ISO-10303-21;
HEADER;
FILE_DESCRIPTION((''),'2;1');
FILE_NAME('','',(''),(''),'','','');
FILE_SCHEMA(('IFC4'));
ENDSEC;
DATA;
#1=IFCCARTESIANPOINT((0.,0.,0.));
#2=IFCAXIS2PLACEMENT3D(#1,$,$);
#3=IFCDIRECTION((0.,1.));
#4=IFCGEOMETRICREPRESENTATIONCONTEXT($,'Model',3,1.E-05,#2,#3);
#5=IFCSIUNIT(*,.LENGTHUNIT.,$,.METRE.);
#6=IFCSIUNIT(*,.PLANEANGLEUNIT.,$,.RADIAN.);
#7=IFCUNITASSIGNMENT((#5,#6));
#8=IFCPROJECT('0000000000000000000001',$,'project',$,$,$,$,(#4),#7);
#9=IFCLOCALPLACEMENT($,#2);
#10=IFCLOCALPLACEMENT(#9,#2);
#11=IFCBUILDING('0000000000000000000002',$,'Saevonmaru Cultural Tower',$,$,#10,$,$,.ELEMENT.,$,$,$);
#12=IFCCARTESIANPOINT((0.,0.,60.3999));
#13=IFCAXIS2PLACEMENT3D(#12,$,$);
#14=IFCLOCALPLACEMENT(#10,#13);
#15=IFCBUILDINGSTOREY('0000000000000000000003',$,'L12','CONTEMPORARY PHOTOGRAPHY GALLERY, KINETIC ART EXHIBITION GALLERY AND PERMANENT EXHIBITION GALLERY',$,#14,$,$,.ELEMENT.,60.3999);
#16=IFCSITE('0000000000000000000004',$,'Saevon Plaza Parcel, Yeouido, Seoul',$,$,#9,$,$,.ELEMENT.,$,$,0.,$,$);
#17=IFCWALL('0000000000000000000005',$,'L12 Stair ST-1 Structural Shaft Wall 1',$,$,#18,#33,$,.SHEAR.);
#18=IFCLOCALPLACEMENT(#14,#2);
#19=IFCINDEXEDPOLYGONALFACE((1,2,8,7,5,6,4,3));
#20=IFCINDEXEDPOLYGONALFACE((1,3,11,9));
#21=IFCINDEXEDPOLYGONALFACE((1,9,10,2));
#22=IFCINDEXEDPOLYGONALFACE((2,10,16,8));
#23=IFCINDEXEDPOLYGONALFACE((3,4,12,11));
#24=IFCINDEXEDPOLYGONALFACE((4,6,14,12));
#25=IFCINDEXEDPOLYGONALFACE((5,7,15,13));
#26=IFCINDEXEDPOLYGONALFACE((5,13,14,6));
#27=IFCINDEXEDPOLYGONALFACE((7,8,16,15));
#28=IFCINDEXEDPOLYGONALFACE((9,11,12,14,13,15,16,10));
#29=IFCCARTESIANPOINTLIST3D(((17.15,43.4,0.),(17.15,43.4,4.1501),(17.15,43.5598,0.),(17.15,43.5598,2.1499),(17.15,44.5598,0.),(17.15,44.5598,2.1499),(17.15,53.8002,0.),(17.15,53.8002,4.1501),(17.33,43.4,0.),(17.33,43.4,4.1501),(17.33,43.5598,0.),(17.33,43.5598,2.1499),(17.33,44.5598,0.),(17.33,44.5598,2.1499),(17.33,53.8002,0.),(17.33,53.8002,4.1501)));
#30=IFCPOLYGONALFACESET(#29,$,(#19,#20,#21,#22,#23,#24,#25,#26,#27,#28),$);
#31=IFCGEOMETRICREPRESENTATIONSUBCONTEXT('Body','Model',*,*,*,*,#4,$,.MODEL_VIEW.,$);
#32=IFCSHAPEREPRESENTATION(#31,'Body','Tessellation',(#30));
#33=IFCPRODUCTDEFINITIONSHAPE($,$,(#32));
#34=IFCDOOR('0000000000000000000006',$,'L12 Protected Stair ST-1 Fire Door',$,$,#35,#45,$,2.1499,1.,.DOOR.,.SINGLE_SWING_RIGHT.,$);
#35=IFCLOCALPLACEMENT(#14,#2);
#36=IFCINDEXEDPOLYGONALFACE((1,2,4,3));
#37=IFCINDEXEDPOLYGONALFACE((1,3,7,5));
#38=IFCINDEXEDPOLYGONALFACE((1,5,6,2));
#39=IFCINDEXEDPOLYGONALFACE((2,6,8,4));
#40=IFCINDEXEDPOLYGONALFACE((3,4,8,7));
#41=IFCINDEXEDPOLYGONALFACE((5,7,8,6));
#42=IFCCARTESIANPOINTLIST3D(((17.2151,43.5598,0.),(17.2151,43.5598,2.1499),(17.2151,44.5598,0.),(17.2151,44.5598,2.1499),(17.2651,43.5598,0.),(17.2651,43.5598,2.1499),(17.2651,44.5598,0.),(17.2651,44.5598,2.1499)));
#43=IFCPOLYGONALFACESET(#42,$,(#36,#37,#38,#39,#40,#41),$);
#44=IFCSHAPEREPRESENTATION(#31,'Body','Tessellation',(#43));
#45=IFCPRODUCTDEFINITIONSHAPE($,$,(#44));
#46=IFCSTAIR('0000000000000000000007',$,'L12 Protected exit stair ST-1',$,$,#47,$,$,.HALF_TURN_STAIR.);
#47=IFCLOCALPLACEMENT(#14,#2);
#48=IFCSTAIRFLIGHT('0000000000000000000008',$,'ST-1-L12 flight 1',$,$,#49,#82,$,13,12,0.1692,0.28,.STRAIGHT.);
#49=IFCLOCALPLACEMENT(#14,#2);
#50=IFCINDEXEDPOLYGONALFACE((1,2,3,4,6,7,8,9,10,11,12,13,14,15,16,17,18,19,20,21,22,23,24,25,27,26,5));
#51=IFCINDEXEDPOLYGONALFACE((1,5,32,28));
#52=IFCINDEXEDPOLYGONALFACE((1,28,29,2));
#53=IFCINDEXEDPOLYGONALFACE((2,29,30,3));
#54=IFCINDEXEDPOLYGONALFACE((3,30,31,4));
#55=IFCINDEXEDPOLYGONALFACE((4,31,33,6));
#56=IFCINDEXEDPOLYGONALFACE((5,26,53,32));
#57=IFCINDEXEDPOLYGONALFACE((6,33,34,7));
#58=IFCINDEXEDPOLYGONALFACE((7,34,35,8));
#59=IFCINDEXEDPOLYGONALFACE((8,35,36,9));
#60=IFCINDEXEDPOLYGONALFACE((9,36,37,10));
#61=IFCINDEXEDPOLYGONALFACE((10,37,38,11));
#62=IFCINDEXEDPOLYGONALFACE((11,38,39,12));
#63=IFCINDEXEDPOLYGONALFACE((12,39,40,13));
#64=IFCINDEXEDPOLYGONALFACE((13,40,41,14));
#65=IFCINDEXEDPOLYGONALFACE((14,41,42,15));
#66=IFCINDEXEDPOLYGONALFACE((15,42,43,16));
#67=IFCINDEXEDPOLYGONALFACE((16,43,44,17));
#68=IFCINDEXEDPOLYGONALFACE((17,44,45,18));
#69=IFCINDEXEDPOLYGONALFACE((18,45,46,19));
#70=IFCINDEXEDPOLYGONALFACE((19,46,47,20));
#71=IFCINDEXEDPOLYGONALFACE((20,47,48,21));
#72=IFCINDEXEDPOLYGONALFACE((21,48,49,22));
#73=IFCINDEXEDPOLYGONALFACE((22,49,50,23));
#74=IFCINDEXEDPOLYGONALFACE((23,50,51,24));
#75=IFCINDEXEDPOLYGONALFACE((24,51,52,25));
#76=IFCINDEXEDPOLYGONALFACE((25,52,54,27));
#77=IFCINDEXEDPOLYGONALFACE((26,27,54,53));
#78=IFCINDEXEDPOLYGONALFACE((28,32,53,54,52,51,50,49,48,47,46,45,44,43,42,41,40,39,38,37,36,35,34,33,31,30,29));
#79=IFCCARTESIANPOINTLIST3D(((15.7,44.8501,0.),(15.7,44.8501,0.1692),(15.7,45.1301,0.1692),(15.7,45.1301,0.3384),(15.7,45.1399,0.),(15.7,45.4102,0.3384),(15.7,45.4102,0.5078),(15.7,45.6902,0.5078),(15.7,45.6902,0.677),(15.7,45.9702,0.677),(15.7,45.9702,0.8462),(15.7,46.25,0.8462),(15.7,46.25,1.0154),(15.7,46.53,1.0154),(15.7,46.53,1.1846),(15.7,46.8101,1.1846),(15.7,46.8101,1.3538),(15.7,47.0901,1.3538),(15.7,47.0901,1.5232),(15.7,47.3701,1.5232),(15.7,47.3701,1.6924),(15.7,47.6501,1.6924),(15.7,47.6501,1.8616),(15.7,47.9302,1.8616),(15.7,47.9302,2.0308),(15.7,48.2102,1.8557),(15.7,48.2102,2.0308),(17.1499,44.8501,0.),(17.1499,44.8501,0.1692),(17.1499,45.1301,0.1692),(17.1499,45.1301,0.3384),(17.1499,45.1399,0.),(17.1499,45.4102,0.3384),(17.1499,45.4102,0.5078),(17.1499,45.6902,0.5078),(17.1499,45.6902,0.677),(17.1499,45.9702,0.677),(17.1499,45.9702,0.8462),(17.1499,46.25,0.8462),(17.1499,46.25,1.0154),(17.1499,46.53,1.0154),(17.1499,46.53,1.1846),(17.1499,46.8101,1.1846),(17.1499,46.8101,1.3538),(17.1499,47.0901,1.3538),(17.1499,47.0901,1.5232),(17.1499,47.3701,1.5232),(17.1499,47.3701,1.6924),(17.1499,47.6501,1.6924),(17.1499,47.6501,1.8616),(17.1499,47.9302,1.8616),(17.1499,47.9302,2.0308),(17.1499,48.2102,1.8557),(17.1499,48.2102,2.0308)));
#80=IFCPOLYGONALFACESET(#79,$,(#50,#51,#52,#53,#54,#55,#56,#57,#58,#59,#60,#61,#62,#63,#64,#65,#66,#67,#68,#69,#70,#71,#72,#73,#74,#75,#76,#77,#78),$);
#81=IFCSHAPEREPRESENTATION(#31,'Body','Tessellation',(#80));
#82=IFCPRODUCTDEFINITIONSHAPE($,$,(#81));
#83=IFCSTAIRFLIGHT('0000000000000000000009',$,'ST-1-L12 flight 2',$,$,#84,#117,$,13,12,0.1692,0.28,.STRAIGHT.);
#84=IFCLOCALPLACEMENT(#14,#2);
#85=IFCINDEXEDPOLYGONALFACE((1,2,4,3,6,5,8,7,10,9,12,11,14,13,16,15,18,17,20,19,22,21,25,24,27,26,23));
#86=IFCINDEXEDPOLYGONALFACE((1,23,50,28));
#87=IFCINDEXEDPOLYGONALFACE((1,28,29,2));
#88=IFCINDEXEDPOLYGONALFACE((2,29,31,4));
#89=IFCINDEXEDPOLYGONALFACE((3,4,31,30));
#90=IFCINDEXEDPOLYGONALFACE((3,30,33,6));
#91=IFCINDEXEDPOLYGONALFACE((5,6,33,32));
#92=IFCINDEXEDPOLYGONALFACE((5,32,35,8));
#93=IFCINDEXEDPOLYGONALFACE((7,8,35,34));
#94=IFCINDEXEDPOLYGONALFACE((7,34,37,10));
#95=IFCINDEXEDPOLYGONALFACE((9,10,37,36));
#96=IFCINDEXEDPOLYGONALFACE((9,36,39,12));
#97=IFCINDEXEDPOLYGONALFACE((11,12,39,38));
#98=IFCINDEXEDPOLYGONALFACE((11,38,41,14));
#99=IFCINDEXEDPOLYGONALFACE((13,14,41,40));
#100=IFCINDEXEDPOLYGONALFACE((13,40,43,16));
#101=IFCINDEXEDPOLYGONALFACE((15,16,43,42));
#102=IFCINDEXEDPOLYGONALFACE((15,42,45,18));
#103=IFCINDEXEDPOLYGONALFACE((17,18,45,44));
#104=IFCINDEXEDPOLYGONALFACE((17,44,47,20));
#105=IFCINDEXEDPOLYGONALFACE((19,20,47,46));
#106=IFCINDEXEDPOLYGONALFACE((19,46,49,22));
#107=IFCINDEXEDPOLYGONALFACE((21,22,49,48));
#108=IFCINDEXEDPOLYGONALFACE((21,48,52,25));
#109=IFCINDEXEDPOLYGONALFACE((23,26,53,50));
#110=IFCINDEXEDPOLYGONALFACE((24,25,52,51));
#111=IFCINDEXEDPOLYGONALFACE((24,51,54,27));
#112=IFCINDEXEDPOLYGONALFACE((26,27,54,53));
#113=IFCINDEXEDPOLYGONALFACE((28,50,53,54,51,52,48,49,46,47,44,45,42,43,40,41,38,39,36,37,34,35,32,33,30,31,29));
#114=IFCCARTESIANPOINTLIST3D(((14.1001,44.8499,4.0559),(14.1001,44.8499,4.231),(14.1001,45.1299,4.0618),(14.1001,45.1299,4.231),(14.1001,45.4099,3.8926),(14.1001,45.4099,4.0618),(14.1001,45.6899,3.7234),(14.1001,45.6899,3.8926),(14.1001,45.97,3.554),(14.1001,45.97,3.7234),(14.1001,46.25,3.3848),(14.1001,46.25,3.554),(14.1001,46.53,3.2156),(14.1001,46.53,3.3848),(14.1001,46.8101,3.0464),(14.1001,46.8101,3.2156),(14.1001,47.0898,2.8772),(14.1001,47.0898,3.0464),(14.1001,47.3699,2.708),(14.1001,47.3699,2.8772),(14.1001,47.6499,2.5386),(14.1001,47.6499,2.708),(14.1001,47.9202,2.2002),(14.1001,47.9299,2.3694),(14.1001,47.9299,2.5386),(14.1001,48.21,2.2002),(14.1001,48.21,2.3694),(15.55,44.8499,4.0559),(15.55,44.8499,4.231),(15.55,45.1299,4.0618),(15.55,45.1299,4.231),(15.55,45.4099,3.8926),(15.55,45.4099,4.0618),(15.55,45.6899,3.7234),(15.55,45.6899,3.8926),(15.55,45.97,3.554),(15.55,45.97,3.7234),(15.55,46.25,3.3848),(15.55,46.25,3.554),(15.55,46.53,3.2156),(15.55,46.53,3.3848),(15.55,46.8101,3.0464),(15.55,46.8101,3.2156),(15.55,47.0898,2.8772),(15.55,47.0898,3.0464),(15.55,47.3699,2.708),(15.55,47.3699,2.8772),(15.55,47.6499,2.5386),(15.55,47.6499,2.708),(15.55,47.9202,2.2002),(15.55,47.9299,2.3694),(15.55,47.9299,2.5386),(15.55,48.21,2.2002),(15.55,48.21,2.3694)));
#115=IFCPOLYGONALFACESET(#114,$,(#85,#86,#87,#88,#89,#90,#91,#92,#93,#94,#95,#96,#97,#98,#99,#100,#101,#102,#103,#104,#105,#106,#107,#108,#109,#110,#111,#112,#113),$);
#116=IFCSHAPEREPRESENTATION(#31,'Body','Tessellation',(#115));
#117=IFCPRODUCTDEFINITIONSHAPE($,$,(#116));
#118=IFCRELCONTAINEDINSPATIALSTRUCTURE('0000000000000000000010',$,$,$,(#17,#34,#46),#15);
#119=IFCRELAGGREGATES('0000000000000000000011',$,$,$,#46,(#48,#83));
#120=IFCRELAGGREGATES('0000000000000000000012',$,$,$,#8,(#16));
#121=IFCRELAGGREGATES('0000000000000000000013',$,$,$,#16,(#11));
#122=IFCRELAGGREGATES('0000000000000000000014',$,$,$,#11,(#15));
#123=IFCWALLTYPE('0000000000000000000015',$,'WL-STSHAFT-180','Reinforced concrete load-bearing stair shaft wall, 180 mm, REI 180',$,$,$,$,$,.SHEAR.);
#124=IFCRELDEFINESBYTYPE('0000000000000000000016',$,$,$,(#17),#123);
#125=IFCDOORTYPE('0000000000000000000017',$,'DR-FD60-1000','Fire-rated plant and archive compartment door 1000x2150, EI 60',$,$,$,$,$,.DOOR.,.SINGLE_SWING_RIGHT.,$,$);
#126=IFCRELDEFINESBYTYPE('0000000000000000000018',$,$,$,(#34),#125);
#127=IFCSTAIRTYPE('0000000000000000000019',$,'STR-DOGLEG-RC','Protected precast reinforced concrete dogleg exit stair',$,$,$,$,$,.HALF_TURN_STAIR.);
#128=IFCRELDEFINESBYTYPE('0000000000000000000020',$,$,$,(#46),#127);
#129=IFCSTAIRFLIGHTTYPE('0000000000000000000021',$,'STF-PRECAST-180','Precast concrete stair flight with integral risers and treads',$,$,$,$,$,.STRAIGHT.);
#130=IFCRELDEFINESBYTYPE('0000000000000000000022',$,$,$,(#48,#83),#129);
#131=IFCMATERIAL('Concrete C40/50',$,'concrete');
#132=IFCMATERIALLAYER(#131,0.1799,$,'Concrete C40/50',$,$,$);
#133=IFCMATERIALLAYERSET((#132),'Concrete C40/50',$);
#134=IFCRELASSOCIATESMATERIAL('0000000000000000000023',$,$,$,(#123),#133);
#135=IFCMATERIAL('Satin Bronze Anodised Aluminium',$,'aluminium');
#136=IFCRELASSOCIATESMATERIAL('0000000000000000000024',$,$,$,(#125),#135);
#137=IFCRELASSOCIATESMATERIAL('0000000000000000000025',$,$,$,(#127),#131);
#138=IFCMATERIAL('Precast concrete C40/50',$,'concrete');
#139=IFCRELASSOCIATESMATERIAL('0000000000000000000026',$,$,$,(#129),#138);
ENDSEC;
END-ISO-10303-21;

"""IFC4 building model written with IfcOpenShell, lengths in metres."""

from ifc_helpers import new_model, si_unit, direction, frame, frame_2d, origin, place, context, subcontext, project, spatial, polyline, rectangle, outline, extrude, material, layer, layer_set, type_object, element, fill, aggregate, save


model = new_model("IFC4")

# Units and contexts
model_context = context("Model", 3, precision=1e-05, world=origin(), true_north=direction((0.0, 1.0)))
body_context = subcontext(model_context, "Body", "Model", "MODEL_VIEW")
ifc_project = project(units=[si_unit("LENGTHUNIT", "METRE"), si_unit("PLANEANGLEUNIT", "RADIAN")], contexts=[model_context])

# Site, building, storey
site_placement = place(None, origin())
site = spatial("IfcSite", under=ifc_project, at=site_placement, Name="Saevon Plaza Parcel, Yeouido, Seoul", CompositionType="ELEMENT", RefElevation=0.0)
building_placement = place(site_placement, origin())
building = spatial("IfcBuilding", under=site, at=building_placement, Name="Saevonmaru Cultural Tower", CompositionType="ELEMENT")
storey_placement = place(building_placement, frame((0.0, 0.0, 60.3999)))
storey = spatial("IfcBuildingStorey", under=building, at=storey_placement, Name="L12", Description="CONTEMPORARY PHOTOGRAPHY GALLERY, KINETIC ART EXHIBITION GALLERY AND PERMANENT EXHIBITION GALLERY", CompositionType="ELEMENT", Elevation=60.3999)

# Shared definitions
ifc_material_1 = material(Name="Satin Bronze Anodised Aluminium", Category="aluminium")

# Wall, opening, door
ifc_material_2 = material(Name="Concrete C40/50", Category="concrete")
ifc_layer_1 = layer(ifc_material_2, 0.1799, Name="Concrete C40/50")
ifc_layer_set_1 = layer_set([ifc_layer_1], Name="Concrete C40/50")
wall_type_1 = type_object("IfcWallType", Name="WL-STSHAFT-180", Description="Reinforced concrete load-bearing stair shaft wall, 180 mm, REI 180", PredefinedType="SHEAR", material=ifc_layer_set_1)
wall_1_placement = place(storey_placement, frame((17.24, 43.3999, 0.0), z_axis=(0.0, 0.0, 1.0), x_axis=(0.0, 1.0, 0.0)))
wall_1 = element("IfcWall", 1, at=wall_1_placement, inside=storey, type_object=wall_type_1, Name="L12 Stair ST-1 Structural Shaft Wall 1", PredefinedType="SHEAR", context=body_context, shape_type="SweptSolid", body=[
    extrude(rectangle(XDim=10.4001, YDim=0.1799, at=frame_2d((5.2002, 0.0))), origin(), (0.0, 0.0, 1.0), 4.1501),
])
opening_1_placement = place(wall_1_placement, frame((0.1599, 0.0, 0.0)))
opening_1 = element("IfcOpeningElement", 2, at=opening_1_placement, cuts=wall_1, PredefinedType="OPENING", context=body_context, shape_type="SweptSolid", body=[
    extrude(rectangle(XDim=1.0, YDim=2.1499, at=frame_2d((0.5, 1.075))), frame((0.0, 0.1001, 0.0), z_axis=(0.0, -1.0, 0.0), x_axis=(1.0, 0.0, 0.0)), (0.0, 0.0, 1.0), 0.2),
])
door_type_1 = type_object("IfcDoorType", Name="DR-FD60-1000", Description="Fire-rated plant and archive compartment door 1000x2150, EI 60", OperationType="SINGLE_SWING_RIGHT", PredefinedType="DOOR", material=ifc_material_1)
door_1_placement = place(opening_1_placement, origin())
door_1 = element("IfcDoor", 3, at=door_1_placement, inside=storey, type_object=door_type_1, Name="L12 Protected Stair ST-1 Fire Door", OperationType="SINGLE_SWING_RIGHT", OverallHeight=2.1499, OverallWidth=1.0, PredefinedType="DOOR", context=body_context, shape_type="SweptSolid", body=[
    extrude(rectangle(XDim=1.0, YDim=2.1499, at=frame_2d((0.5, 1.075))), frame((0.0, 0.0249, 0.0), z_axis=(0.0, -1.0, 0.0), x_axis=(1.0, 0.0, 0.0)), (0.0, 0.0, 1.0), 0.05),
])
fill(opening_1, door_1)

# Stair, stair flights
stair_type = type_object("IfcStairType", Name="STR-DOGLEG-RC", Description="Protected precast reinforced concrete dogleg exit stair", PredefinedType="HALF_TURN_STAIR", material=ifc_material_2)
stair_placement = place(storey_placement, origin())
stair = element("IfcStair", 4, at=stair_placement, inside=storey, type_object=stair_type, Name="L12 Protected exit stair ST-1", PredefinedType="HALF_TURN_STAIR")
ifc_material_3 = material(Name="Precast concrete C40/50", Category="concrete")
stair_flight_type = type_object("IfcStairFlightType", Name="STF-PRECAST-180", Description="Precast concrete stair flight with integral risers and treads", PredefinedType="STRAIGHT", material=ifc_material_3)
stair_flight_1_placement = place(storey_placement, frame((16.425, 44.8501, 0.0), z_axis=(0.0, 0.0, 1.0), x_axis=(0.0, 1.0, 0.0)))
stair_flight_1 = element("IfcStairFlight", 5, at=stair_flight_1_placement, type_object=stair_flight_type, Name="ST-1-L12 flight 1", NumberOfRisers=13, NumberOfTreads=12, PredefinedType="STRAIGHT", RiserHeight=0.1692, TreadLength=0.28, context=body_context, shape_type="SweptSolid", body=[
    extrude(outline(polyline([(0.0, 0.0), (0.0, 0.1692), (0.28, 0.1692), (0.28, 0.3384), (0.5601, 0.3384), (0.5601, 0.5078), (0.8401, 0.5078), (0.8401, 0.677), (1.1201, 0.677), (1.1201, 0.8462), (1.3999, 0.8462), (1.3999, 1.0154), (1.6799, 1.0154), (1.6799, 1.1846), (1.96, 1.1846), (1.96, 1.3538), (2.24, 1.3538), (2.24, 1.5232), (2.52, 1.5232), (2.52, 1.6924), (2.8, 1.6924), (2.8, 1.8616), (3.0801, 1.8616), (3.0801, 2.0308), (3.3601, 2.0308), (3.3601, 2.2), (3.3601, 1.8557), (0.2898, 0.0), (0.0, 0.0)])), frame((0.0, 0.7251, 0.0), z_axis=(0.0, -1.0, 0.0), x_axis=(1.0, 0.0, 0.0)), (0.0, 0.0, 1.0), 1.45),
])
stair_flight_2_placement = place(storey_placement, frame((14.825, 48.21, 2.2002), z_axis=(0.0, 0.0, 1.0), x_axis=(0.0, -1.0, 0.0)))
stair_flight_2 = element("IfcStairFlight", 6, at=stair_flight_2_placement, type_object=stair_flight_type, Name="ST-1-L12 flight 2", NumberOfRisers=13, NumberOfTreads=12, PredefinedType="STRAIGHT", RiserHeight=0.1692, TreadLength=0.28, context=body_context, shape_type="SweptSolid", body=[
    extrude(outline(polyline([(0.0, 0.0), (0.0, 0.1692), (0.28, 0.1692), (0.28, 0.3384), (0.5601, 0.3384), (0.5601, 0.5078), (0.8401, 0.5078), (0.8401, 0.677), (1.1201, 0.677), (1.1201, 0.8462), (1.3999, 0.8462), (1.3999, 1.0154), (1.6799, 1.0154), (1.6799, 1.1846), (1.96, 1.1846), (1.96, 1.3538), (2.24, 1.3538), (2.24, 1.5232), (2.52, 1.5232), (2.52, 1.6924), (2.8, 1.6924), (2.8, 1.8616), (3.0801, 1.8616), (3.0801, 2.0308), (3.3601, 2.0308), (3.3601, 2.2), (3.3601, 1.8557), (0.2898, 0.0), (0.0, 0.0)])), frame((0.0, 0.7251, 0.0), z_axis=(0.0, -1.0, 0.0), x_axis=(1.0, 0.0, 0.0)), (0.0, 0.0, 1.0), 1.45),
])
aggregate(stair, [stair_flight_1, stair_flight_2])

save(model, "model.ifc")
